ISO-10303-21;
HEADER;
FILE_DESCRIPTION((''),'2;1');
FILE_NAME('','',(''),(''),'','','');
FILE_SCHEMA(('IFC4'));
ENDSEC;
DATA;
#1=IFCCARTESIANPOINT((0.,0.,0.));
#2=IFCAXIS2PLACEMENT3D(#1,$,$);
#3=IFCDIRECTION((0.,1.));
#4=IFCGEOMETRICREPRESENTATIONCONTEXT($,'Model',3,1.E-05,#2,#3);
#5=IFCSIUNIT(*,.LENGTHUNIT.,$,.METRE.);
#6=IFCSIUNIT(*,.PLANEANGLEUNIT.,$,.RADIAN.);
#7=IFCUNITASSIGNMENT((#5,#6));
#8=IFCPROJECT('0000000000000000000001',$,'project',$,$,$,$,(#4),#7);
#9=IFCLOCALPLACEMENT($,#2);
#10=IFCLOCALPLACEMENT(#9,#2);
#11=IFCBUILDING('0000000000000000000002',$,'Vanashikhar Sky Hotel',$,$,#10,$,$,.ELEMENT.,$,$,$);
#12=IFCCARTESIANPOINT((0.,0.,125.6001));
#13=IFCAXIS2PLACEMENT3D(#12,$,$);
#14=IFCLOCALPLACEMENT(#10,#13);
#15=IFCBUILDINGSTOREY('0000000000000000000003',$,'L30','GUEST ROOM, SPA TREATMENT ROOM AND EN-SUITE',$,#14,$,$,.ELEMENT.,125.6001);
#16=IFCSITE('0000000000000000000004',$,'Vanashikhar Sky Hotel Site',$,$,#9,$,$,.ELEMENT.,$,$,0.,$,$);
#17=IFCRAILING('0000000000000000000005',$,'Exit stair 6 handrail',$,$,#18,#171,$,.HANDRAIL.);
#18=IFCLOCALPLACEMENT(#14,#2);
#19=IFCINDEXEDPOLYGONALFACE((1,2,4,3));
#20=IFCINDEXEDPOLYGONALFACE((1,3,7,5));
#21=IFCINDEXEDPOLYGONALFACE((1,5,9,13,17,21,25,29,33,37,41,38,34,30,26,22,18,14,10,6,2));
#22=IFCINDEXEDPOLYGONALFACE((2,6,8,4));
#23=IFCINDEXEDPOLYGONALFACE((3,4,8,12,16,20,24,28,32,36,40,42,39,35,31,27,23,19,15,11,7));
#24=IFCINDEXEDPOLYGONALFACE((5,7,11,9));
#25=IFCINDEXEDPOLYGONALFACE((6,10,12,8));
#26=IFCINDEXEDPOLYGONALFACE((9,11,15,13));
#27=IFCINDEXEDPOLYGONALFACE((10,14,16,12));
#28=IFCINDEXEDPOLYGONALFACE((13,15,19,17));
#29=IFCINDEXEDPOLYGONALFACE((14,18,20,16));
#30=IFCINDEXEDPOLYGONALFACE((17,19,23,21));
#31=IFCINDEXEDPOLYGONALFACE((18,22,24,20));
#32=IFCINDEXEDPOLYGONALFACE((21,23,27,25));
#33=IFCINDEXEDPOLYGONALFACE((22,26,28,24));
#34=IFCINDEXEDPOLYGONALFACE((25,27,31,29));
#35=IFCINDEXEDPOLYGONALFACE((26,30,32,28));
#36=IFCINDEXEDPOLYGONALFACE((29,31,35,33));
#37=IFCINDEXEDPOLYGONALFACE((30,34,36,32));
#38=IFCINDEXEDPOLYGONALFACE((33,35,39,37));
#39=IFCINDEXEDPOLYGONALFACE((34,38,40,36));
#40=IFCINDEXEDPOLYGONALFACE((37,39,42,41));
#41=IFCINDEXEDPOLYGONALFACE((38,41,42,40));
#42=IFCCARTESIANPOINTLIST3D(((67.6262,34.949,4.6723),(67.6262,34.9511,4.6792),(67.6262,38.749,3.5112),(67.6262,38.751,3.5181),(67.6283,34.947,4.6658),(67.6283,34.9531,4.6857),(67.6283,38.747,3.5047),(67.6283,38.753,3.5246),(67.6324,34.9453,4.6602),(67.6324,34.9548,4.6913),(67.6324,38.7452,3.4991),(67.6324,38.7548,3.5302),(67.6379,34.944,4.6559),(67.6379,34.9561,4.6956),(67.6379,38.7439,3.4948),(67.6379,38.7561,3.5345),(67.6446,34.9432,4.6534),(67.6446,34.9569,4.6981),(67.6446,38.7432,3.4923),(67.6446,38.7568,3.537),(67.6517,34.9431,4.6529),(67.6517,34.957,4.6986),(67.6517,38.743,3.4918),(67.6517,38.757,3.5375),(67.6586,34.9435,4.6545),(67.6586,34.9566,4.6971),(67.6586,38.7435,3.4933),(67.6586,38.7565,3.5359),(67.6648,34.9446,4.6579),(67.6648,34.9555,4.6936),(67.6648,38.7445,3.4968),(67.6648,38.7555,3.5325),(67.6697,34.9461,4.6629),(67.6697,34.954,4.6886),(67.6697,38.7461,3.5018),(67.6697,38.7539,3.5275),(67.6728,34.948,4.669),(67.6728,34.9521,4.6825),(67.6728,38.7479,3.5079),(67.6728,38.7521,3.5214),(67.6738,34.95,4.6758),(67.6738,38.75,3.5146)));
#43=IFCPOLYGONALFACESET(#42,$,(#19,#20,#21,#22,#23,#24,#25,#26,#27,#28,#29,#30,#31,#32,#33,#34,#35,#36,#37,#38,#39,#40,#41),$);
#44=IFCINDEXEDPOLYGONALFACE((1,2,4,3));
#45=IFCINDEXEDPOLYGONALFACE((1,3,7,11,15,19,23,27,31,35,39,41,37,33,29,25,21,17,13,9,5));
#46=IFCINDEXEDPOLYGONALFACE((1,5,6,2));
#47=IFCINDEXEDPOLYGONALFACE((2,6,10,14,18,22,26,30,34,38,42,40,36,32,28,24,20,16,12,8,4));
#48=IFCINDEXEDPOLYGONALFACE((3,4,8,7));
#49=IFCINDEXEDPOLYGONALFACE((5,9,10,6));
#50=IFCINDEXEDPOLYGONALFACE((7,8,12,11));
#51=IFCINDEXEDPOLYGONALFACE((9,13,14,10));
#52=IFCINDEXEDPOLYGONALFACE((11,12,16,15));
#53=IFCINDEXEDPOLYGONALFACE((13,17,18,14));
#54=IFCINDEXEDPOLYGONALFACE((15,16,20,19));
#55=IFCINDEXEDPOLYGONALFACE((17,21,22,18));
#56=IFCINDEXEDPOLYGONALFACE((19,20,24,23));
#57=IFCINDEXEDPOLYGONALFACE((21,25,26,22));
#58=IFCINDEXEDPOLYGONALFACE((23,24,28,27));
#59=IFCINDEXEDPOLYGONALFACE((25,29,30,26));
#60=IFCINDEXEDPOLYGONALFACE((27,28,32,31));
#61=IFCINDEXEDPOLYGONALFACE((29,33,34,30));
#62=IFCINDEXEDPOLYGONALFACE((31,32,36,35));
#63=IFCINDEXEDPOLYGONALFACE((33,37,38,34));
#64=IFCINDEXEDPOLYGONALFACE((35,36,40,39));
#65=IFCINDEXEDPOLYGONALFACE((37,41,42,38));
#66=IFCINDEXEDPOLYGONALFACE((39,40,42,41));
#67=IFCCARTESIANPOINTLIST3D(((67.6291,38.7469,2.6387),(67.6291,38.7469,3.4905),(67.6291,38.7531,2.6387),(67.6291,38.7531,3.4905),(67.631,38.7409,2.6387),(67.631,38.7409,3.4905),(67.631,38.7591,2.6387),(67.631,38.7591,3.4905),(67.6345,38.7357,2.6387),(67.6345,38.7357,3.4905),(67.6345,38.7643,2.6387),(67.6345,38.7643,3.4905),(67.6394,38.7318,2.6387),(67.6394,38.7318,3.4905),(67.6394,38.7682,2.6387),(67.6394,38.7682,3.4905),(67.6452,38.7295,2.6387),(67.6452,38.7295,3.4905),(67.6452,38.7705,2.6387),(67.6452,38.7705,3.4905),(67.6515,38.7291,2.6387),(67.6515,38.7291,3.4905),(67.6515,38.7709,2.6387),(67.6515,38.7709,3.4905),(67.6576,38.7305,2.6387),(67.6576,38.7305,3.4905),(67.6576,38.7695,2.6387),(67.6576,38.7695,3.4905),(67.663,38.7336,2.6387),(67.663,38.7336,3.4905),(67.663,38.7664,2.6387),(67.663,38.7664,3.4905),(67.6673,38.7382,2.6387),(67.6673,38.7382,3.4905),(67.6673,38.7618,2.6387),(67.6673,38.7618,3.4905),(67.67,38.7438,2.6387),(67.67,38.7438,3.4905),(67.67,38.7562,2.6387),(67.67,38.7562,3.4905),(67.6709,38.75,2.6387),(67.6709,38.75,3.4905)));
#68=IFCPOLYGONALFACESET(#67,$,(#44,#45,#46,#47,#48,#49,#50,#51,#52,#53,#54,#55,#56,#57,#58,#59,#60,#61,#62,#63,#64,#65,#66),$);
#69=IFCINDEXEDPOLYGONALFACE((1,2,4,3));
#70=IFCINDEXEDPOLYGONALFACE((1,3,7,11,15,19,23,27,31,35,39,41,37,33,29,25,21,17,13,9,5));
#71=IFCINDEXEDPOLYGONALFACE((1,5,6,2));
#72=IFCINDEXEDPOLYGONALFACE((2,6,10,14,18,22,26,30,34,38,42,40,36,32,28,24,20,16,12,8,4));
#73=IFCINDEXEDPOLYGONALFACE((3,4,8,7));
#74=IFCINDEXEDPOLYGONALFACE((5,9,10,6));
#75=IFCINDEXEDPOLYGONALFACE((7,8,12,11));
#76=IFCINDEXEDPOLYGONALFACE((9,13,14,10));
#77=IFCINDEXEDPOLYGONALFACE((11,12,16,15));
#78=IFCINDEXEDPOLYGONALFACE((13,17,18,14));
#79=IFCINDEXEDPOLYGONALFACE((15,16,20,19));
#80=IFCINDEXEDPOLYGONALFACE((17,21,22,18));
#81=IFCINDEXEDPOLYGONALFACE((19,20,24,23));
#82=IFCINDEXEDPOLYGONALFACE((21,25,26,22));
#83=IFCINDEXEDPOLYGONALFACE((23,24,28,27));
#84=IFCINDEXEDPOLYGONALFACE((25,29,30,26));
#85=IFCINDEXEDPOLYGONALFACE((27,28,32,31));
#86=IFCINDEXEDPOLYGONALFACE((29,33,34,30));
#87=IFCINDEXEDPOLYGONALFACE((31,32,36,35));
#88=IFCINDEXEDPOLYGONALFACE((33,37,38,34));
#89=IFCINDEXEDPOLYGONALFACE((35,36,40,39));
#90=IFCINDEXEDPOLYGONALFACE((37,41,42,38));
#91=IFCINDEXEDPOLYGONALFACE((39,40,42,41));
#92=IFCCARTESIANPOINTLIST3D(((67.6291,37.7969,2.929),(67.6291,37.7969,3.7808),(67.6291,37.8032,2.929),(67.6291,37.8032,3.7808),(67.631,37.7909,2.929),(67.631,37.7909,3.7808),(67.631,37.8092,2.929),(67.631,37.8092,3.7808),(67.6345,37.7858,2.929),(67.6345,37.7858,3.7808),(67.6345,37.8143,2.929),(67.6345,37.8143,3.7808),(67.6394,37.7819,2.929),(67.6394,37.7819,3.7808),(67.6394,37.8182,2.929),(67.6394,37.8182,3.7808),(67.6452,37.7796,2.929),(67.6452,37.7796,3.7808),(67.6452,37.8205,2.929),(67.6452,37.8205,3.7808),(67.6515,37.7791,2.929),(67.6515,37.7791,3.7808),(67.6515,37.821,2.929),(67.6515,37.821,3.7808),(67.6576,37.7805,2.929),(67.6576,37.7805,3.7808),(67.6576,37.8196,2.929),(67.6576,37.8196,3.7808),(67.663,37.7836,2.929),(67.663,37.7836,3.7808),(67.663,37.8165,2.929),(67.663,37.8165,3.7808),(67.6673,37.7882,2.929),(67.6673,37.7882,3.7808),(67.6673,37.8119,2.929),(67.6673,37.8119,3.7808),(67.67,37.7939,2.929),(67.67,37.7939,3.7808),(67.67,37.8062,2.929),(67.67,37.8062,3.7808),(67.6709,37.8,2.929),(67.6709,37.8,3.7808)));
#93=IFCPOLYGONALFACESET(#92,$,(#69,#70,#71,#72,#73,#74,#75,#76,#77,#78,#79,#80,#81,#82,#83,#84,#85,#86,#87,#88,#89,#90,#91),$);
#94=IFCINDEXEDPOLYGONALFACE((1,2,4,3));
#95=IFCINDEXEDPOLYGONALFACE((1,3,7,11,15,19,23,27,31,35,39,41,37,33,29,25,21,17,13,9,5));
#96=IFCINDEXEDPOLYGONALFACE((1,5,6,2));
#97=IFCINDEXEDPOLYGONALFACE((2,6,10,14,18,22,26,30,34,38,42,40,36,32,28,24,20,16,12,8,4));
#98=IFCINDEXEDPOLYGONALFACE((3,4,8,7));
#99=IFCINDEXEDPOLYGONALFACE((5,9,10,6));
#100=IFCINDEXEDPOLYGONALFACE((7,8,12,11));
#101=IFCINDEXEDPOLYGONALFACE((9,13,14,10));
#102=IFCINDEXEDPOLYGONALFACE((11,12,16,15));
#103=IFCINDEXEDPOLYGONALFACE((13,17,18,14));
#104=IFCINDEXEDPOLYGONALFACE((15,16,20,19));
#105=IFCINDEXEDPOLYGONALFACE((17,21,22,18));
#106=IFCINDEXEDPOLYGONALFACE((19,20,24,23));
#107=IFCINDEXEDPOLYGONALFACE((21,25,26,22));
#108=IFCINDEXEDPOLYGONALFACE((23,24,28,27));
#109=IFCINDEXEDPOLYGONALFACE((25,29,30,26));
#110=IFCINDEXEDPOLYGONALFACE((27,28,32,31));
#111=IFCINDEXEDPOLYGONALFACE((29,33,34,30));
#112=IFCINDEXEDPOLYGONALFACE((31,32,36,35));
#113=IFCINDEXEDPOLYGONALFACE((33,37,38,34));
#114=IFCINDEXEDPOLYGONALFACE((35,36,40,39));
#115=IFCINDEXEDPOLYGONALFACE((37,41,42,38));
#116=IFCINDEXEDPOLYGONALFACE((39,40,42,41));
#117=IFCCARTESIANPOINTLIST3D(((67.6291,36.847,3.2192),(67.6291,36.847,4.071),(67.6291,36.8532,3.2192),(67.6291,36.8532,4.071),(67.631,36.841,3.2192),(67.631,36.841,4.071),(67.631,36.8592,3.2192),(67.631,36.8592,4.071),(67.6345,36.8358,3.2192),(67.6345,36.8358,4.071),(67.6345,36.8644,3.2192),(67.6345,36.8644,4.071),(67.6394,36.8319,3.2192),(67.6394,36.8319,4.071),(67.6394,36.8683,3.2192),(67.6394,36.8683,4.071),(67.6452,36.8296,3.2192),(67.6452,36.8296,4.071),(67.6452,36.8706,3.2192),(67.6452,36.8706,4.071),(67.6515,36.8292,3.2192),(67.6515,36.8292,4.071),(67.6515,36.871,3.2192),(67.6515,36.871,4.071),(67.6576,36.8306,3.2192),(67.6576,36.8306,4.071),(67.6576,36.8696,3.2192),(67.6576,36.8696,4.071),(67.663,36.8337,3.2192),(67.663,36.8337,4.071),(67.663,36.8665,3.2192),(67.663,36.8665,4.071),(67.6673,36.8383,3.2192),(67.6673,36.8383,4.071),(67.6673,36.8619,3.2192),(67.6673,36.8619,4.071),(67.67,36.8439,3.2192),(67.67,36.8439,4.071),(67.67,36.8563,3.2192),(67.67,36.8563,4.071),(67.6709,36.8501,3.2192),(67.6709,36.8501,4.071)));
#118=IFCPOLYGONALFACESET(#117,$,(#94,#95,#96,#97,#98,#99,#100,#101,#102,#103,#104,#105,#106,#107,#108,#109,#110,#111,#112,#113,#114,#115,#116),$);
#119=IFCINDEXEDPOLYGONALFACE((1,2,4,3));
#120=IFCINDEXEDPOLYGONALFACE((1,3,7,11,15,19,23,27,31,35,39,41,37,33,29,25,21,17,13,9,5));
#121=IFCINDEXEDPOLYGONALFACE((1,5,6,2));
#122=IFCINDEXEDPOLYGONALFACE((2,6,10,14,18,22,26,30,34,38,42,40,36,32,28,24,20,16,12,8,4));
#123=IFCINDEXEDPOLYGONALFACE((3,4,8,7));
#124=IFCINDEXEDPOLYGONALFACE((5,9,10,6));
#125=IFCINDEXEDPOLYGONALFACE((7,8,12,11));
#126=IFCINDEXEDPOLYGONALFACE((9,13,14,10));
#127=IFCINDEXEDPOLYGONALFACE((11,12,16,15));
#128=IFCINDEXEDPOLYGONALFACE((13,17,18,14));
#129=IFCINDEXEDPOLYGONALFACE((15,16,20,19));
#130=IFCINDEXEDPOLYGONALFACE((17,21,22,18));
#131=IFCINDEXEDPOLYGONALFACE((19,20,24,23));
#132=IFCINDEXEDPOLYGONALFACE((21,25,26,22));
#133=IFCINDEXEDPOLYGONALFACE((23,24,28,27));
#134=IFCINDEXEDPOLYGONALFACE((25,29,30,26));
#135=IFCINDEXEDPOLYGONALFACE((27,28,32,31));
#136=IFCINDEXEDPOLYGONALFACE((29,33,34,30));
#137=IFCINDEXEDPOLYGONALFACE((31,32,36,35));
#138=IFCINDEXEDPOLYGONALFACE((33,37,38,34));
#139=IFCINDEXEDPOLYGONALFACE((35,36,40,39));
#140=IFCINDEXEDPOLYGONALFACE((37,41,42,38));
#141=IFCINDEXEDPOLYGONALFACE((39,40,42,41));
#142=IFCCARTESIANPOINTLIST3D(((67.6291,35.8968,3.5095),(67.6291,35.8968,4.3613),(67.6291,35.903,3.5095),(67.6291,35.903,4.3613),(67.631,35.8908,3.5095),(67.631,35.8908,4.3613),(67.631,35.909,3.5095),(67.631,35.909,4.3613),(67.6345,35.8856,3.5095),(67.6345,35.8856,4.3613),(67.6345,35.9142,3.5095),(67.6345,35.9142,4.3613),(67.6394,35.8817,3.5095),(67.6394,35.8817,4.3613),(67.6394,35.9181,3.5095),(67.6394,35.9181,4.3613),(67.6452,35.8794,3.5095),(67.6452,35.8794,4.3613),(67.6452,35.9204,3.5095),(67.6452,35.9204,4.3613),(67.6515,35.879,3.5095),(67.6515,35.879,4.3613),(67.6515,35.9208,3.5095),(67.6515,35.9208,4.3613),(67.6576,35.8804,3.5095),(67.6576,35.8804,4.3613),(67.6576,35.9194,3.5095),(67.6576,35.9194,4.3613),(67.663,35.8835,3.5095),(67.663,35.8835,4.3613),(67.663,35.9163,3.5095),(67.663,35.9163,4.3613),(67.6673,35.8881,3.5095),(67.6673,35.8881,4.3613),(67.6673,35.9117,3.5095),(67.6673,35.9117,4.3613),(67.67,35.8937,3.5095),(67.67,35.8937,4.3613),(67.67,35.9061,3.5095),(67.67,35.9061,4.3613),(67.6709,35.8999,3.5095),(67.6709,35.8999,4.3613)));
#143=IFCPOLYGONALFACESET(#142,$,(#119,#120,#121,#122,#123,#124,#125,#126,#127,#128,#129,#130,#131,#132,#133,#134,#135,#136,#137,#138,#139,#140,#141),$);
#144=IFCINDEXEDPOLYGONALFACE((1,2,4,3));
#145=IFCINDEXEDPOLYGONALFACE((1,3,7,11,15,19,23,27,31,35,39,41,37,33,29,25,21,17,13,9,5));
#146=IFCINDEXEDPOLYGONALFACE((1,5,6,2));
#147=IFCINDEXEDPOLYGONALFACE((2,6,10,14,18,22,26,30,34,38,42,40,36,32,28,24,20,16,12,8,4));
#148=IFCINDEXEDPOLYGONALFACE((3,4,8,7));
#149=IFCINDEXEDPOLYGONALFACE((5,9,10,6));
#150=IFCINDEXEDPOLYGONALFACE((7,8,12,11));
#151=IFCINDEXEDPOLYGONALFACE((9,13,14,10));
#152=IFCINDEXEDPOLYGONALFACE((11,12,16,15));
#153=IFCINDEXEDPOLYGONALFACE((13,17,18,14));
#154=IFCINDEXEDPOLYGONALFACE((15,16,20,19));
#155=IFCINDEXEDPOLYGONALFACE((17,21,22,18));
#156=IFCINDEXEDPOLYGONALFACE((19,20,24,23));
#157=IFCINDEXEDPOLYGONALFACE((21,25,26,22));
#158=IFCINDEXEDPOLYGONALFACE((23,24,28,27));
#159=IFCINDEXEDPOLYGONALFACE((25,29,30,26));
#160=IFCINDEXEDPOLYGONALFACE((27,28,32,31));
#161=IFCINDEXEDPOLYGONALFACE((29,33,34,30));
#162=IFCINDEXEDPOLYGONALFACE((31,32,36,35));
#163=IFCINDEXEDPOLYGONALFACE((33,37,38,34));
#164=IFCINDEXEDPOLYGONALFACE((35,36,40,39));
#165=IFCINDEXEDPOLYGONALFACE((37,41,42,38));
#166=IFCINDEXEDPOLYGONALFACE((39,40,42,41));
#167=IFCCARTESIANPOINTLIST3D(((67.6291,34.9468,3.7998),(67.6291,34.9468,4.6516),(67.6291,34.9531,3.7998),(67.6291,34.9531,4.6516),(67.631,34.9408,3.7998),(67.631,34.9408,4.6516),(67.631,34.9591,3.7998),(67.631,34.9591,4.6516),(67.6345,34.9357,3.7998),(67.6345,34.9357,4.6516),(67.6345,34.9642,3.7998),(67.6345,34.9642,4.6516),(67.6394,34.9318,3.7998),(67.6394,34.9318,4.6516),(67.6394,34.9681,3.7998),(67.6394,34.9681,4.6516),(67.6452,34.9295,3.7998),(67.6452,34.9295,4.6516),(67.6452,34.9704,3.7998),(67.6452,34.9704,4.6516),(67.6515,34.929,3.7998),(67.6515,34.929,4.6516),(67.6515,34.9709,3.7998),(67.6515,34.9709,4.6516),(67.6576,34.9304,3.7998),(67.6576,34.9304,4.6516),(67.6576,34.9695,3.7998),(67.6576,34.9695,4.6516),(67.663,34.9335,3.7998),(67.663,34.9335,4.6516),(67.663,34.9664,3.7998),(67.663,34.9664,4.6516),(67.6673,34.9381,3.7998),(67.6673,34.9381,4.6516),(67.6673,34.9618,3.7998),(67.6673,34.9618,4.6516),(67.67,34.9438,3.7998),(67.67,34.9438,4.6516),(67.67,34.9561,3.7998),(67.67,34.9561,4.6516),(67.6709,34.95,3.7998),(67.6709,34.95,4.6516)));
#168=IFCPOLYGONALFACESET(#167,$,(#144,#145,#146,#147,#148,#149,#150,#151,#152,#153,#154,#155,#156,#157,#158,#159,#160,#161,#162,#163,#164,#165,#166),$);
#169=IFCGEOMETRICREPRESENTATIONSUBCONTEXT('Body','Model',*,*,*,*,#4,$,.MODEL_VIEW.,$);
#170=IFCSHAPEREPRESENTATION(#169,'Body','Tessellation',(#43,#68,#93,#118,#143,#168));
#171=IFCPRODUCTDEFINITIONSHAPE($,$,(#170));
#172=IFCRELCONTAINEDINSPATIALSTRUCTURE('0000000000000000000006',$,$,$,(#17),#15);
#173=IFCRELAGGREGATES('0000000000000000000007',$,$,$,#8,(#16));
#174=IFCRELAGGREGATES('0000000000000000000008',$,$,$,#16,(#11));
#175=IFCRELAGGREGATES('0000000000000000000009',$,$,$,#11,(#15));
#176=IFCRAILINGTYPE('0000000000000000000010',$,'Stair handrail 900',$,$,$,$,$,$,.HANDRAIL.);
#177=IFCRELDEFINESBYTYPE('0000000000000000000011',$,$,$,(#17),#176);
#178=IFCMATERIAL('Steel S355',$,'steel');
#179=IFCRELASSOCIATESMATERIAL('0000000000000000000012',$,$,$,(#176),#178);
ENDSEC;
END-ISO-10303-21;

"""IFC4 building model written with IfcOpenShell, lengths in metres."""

from ifc_helpers import new_model, si_unit, direction, frame, origin, origin_2d, place, context, subcontext, project, spatial, circle, extrude, source, transform, mapped, material, type_object, element, save


model = new_model("IFC4")

# Units and contexts
model_context = context("Model", 3, precision=1e-05, world=origin(), true_north=direction((0.0, 1.0)))
body_context = subcontext(model_context, "Body", "Model", "MODEL_VIEW")
ifc_project = project(units=[si_unit("LENGTHUNIT", "METRE"), si_unit("PLANEANGLEUNIT", "RADIAN")], contexts=[model_context])

# Site, building, storey
site_placement = place(None, origin())
site = spatial("IfcSite", under=ifc_project, at=site_placement, Name="Vanashikhar Sky Hotel Site", CompositionType="ELEMENT", RefElevation=0.0)
building_placement = place(site_placement, origin())
building = spatial("IfcBuilding", under=site, at=building_placement, Name="Vanashikhar Sky Hotel", CompositionType="ELEMENT")
storey_placement = place(building_placement, frame((0.0, 0.0, 125.6001)))
storey = spatial("IfcBuildingStorey", under=building, at=storey_placement, Name="L30", Description="GUEST ROOM, SPA TREATMENT ROOM AND EN-SUITE", CompositionType="ELEMENT", Elevation=125.6001)

# Railing
ifc_material_1 = material(Name="Steel S355", Category="steel")
railing_type_1 = type_object("IfcRailingType", Name="Stair handrail 900", PredefinedType="HANDRAIL", material=ifc_material_1)
shared_shape_1 = source(origin(), body_context, "Body", "SweptSolid", [
    extrude(circle(Radius=0.0239, at=origin_2d()), frame((0.0, 0.0, 0.876), z_axis=(0.0, -0.956351, 0.29222), x_axis=(1.0, 0.0, 0.0)), (0.0, 0.0, 1.0), 3.9734),
    extrude(circle(Radius=0.021, at=origin_2d()), origin(), (0.0, 0.0, 1.0), 0.8518),
    extrude(circle(Radius=0.021, at=origin_2d()), frame((0.0, -0.95, 0.2903)), (0.0, 0.0, 1.0), 0.8518),
    extrude(circle(Radius=0.021, at=origin_2d()), frame((0.0, -1.8999, 0.5806)), (0.0, 0.0, 1.0), 0.8518),
    extrude(circle(Radius=0.021, at=origin_2d()), frame((0.0, -2.8501, 0.8708)), (0.0, 0.0, 1.0), 0.8518),
    extrude(circle(Radius=0.021, at=origin_2d()), frame((0.0, -3.8, 1.1611)), (0.0, 0.0, 1.0), 0.8518),
])
for number, where, name in (
    (1, (67.6499, 38.75, 2.6387), "Exit stair 6 handrail"),
):
    element("IfcRailing", number, at=place(storey_placement, frame(where)), inside=storey, type_object=railing_type_1, Name=name, PredefinedType="HANDRAIL", context=body_context, shape_type="MappedRepresentation", body=[
        mapped(shared_shape_1, transform((0.0, 0.0, 0.0), scale=1.0)),
    ])

save(model, "model.ifc")
